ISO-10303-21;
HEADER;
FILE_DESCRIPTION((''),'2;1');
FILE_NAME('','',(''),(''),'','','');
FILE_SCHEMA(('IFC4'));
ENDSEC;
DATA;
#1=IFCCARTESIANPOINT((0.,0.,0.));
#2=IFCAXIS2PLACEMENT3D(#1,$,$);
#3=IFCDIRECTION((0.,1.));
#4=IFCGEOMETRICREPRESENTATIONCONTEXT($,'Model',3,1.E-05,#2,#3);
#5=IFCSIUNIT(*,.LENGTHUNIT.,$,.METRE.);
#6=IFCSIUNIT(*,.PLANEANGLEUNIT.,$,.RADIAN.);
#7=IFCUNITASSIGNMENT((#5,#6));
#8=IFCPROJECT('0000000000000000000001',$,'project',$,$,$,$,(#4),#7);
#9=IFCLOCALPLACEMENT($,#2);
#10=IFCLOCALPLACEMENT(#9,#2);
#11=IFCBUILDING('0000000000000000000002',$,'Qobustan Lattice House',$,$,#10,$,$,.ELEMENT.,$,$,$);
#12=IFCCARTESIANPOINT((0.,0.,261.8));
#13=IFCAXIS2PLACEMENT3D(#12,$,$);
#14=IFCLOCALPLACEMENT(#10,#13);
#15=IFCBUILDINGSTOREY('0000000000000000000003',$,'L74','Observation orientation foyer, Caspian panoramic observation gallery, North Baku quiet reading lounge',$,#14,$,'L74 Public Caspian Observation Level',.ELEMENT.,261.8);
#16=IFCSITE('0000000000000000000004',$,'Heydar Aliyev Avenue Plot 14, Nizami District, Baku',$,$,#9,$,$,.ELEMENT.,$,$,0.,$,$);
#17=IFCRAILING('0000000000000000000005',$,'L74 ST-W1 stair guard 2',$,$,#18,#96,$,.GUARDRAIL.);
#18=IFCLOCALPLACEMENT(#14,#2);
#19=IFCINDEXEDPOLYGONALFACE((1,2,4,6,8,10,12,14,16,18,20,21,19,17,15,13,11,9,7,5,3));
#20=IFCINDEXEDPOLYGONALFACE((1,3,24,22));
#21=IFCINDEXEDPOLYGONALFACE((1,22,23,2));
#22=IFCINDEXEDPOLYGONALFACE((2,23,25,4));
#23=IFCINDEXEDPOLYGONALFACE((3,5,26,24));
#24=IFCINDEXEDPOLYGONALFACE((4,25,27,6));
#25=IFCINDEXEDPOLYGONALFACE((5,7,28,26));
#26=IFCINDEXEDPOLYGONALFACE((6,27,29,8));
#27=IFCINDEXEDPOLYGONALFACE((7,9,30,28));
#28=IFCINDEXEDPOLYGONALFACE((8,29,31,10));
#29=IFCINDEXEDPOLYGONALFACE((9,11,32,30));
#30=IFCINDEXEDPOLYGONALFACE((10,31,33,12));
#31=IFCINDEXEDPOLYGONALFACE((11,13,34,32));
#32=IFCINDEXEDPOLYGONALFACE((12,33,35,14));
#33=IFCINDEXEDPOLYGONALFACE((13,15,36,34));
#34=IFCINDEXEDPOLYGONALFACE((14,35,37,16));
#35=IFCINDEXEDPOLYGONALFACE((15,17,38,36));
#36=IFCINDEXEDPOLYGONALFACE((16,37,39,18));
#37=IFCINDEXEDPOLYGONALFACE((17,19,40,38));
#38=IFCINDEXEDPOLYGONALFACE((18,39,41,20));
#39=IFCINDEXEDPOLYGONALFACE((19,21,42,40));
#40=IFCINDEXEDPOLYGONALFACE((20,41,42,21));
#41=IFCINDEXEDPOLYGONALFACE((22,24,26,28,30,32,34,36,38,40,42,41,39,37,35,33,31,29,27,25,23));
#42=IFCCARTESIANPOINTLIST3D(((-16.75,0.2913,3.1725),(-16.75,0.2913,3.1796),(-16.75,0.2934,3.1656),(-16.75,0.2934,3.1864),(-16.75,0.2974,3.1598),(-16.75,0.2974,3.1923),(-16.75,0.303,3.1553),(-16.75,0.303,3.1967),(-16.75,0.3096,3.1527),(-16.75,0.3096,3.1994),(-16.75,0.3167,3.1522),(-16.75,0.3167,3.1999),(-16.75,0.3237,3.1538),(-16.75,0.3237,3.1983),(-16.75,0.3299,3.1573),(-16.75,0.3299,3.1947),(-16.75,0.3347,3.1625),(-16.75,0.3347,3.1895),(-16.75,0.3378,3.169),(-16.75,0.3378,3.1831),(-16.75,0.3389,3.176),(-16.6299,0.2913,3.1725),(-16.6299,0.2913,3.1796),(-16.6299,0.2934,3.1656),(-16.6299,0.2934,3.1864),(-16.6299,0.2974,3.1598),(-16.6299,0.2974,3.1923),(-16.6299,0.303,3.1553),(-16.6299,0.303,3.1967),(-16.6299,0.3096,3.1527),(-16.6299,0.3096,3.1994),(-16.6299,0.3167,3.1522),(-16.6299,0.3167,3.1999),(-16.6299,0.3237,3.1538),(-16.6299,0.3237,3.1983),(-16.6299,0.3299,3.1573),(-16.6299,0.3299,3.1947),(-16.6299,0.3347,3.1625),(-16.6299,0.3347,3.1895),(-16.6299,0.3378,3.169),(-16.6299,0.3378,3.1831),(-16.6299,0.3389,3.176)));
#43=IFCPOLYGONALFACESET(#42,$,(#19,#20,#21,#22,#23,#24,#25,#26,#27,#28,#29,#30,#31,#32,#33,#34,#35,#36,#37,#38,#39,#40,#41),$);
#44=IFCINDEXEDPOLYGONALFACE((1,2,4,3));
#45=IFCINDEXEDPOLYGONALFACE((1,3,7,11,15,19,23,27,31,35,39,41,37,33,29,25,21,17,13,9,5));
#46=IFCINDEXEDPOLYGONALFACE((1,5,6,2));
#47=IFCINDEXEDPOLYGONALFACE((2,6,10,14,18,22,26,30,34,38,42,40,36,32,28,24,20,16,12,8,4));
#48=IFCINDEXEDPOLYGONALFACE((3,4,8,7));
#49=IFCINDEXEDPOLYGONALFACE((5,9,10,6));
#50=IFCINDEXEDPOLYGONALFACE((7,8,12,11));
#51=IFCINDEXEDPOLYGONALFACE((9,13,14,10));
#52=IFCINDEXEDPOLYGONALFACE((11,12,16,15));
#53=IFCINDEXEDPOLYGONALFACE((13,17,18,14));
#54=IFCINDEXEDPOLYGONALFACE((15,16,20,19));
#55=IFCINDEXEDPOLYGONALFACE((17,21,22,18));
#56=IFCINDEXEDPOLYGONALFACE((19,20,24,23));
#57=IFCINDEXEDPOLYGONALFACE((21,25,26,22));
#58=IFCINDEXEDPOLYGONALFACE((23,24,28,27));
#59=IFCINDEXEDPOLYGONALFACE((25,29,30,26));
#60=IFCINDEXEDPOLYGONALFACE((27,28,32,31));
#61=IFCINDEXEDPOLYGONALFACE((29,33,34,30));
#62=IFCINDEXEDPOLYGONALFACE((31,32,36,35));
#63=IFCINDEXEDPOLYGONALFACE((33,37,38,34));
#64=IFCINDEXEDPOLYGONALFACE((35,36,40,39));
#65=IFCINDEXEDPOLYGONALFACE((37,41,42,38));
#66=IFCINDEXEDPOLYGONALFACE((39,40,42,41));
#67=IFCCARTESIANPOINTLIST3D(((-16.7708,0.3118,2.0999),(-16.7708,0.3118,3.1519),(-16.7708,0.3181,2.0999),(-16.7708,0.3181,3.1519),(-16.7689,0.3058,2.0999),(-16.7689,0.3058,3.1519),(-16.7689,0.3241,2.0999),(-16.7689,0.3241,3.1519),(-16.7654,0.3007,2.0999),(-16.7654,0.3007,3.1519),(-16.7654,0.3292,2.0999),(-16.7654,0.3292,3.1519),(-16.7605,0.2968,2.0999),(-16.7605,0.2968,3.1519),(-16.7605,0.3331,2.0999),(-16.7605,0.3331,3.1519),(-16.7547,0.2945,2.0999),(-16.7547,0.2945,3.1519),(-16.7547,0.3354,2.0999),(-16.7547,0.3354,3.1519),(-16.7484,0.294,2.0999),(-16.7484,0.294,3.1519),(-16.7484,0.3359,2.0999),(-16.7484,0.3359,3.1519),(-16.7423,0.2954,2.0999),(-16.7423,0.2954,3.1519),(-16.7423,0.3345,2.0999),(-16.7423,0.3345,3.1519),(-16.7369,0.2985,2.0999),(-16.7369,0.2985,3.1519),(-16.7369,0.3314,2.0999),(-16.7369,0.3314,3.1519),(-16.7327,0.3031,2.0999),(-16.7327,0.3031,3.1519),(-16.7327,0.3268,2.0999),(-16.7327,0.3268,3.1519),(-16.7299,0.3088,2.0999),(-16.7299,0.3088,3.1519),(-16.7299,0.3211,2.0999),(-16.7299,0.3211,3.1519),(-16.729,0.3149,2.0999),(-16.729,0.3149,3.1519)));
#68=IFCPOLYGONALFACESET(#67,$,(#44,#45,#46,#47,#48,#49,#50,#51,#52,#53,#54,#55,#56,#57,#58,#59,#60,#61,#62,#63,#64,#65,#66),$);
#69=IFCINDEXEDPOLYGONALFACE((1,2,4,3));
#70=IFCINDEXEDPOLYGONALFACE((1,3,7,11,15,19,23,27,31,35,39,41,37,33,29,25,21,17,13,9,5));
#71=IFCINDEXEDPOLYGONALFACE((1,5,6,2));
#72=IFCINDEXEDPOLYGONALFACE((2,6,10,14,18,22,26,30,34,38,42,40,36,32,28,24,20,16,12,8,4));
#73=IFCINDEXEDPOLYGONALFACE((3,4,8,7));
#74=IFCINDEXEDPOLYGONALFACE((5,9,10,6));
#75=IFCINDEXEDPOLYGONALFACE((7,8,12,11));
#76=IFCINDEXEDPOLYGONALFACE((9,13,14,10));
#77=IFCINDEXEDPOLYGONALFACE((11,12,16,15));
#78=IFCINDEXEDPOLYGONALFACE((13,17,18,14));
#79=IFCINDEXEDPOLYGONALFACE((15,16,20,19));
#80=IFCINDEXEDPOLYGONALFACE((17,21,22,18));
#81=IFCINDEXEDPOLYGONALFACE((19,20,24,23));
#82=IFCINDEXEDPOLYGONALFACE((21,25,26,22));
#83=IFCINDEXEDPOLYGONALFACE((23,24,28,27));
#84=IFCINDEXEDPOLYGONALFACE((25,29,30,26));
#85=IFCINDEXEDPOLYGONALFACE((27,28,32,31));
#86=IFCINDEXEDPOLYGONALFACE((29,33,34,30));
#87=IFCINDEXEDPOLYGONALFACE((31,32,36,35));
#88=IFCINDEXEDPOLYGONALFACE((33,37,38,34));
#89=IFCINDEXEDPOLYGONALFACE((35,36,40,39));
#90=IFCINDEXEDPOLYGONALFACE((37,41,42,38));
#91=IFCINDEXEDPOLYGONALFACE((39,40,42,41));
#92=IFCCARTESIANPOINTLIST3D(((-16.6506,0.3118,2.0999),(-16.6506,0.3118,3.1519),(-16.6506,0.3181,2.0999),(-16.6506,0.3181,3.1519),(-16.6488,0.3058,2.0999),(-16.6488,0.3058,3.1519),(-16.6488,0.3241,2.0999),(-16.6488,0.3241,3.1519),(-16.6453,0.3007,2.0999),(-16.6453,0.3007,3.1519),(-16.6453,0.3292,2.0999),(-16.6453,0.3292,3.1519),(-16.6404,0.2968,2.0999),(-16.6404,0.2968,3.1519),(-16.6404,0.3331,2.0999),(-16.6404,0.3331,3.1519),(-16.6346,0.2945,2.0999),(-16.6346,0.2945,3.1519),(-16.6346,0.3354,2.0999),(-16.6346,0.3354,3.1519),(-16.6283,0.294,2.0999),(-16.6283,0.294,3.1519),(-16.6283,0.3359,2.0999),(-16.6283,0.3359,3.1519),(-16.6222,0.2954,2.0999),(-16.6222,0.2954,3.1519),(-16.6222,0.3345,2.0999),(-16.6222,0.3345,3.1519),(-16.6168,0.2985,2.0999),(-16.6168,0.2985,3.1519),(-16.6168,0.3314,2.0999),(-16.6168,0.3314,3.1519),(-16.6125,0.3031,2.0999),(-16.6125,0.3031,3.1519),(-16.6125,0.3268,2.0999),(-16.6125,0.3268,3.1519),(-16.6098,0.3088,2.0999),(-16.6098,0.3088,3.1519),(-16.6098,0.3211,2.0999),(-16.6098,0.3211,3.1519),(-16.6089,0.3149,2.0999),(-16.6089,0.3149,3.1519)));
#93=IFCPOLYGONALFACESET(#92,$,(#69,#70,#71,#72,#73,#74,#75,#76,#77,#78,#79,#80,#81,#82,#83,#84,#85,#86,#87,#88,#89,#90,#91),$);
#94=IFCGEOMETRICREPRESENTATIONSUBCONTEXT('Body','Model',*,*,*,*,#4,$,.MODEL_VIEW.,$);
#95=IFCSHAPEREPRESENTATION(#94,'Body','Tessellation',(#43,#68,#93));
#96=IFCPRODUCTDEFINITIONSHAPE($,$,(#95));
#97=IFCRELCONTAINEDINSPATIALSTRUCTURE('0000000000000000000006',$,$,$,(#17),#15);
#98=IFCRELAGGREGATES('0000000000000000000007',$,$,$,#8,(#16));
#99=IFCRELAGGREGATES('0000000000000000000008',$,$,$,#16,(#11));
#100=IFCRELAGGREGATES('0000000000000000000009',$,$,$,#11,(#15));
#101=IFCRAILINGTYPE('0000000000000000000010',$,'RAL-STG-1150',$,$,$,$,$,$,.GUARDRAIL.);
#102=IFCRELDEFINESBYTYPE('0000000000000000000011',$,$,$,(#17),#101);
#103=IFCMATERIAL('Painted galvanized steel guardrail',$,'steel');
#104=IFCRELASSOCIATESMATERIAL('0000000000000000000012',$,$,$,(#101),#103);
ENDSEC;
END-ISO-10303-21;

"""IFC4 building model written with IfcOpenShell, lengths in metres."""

from ifc_helpers import new_model, si_unit, direction, frame, origin, origin_2d, place, context, subcontext, project, spatial, circle, extrude, material, type_object, element, save


model = new_model("IFC4")

# Units and contexts
model_context = context("Model", 3, precision=1e-05, world=origin(), true_north=direction((0.0, 1.0)))
body_context = subcontext(model_context, "Body", "Model", "MODEL_VIEW")
ifc_project = project(units=[si_unit("LENGTHUNIT", "METRE"), si_unit("PLANEANGLEUNIT", "RADIAN")], contexts=[model_context])

# Site, building, storey
site_placement = place(None, origin())
site = spatial("IfcSite", under=ifc_project, at=site_placement, Name="Heydar Aliyev Avenue Plot 14, Nizami District, Baku", CompositionType="ELEMENT", RefElevation=0.0)
building_placement = place(site_placement, origin())
building = spatial("IfcBuilding", under=site, at=building_placement, Name="Qobustan Lattice House", CompositionType="ELEMENT")
storey_placement = place(building_placement, frame((0.0, 0.0, 261.8)))
storey = spatial("IfcBuildingStorey", under=building, at=storey_placement, Name="L74", Description="Observation orientation foyer, Caspian panoramic observation gallery, North Baku quiet reading lounge", LongName="L74 Public Caspian Observation Level", CompositionType="ELEMENT", Elevation=261.8)

# Railing
ifc_material_1 = material(Name="Painted galvanized steel guardrail", Category="steel")
railing_type_1 = type_object("IfcRailingType", Name="RAL-STG-1150", PredefinedType="GUARDRAIL", material=ifc_material_1)
railing_1_placement = place(storey_placement, frame((-16.75, 0.3149, 2.0999)))
element("IfcRailing", 1, at=railing_1_placement, inside=storey, type_object=railing_type_1, Name="L74 ST-W1 stair guard 2", PredefinedType="GUARDRAIL", context=body_context, shape_type="SweptSolid", body=[
    extrude(circle(Radius=0.0239, at=origin_2d()), frame((0.0, 0.0, 1.0762), z_axis=(1.0, 0.0, 0.0), x_axis=(0.0, 1.0, 0.0)), (0.0, 0.0, 1.0), 0.1201),
    extrude(circle(Radius=0.021, at=origin_2d()), origin(), (0.0, 0.0, 1.0), 1.052),
    extrude(circle(Radius=0.021, at=origin_2d()), frame((0.1201, 0.0, 0.0)), (0.0, 0.0, 1.0), 1.052),
])

save(model, "model.ifc")
